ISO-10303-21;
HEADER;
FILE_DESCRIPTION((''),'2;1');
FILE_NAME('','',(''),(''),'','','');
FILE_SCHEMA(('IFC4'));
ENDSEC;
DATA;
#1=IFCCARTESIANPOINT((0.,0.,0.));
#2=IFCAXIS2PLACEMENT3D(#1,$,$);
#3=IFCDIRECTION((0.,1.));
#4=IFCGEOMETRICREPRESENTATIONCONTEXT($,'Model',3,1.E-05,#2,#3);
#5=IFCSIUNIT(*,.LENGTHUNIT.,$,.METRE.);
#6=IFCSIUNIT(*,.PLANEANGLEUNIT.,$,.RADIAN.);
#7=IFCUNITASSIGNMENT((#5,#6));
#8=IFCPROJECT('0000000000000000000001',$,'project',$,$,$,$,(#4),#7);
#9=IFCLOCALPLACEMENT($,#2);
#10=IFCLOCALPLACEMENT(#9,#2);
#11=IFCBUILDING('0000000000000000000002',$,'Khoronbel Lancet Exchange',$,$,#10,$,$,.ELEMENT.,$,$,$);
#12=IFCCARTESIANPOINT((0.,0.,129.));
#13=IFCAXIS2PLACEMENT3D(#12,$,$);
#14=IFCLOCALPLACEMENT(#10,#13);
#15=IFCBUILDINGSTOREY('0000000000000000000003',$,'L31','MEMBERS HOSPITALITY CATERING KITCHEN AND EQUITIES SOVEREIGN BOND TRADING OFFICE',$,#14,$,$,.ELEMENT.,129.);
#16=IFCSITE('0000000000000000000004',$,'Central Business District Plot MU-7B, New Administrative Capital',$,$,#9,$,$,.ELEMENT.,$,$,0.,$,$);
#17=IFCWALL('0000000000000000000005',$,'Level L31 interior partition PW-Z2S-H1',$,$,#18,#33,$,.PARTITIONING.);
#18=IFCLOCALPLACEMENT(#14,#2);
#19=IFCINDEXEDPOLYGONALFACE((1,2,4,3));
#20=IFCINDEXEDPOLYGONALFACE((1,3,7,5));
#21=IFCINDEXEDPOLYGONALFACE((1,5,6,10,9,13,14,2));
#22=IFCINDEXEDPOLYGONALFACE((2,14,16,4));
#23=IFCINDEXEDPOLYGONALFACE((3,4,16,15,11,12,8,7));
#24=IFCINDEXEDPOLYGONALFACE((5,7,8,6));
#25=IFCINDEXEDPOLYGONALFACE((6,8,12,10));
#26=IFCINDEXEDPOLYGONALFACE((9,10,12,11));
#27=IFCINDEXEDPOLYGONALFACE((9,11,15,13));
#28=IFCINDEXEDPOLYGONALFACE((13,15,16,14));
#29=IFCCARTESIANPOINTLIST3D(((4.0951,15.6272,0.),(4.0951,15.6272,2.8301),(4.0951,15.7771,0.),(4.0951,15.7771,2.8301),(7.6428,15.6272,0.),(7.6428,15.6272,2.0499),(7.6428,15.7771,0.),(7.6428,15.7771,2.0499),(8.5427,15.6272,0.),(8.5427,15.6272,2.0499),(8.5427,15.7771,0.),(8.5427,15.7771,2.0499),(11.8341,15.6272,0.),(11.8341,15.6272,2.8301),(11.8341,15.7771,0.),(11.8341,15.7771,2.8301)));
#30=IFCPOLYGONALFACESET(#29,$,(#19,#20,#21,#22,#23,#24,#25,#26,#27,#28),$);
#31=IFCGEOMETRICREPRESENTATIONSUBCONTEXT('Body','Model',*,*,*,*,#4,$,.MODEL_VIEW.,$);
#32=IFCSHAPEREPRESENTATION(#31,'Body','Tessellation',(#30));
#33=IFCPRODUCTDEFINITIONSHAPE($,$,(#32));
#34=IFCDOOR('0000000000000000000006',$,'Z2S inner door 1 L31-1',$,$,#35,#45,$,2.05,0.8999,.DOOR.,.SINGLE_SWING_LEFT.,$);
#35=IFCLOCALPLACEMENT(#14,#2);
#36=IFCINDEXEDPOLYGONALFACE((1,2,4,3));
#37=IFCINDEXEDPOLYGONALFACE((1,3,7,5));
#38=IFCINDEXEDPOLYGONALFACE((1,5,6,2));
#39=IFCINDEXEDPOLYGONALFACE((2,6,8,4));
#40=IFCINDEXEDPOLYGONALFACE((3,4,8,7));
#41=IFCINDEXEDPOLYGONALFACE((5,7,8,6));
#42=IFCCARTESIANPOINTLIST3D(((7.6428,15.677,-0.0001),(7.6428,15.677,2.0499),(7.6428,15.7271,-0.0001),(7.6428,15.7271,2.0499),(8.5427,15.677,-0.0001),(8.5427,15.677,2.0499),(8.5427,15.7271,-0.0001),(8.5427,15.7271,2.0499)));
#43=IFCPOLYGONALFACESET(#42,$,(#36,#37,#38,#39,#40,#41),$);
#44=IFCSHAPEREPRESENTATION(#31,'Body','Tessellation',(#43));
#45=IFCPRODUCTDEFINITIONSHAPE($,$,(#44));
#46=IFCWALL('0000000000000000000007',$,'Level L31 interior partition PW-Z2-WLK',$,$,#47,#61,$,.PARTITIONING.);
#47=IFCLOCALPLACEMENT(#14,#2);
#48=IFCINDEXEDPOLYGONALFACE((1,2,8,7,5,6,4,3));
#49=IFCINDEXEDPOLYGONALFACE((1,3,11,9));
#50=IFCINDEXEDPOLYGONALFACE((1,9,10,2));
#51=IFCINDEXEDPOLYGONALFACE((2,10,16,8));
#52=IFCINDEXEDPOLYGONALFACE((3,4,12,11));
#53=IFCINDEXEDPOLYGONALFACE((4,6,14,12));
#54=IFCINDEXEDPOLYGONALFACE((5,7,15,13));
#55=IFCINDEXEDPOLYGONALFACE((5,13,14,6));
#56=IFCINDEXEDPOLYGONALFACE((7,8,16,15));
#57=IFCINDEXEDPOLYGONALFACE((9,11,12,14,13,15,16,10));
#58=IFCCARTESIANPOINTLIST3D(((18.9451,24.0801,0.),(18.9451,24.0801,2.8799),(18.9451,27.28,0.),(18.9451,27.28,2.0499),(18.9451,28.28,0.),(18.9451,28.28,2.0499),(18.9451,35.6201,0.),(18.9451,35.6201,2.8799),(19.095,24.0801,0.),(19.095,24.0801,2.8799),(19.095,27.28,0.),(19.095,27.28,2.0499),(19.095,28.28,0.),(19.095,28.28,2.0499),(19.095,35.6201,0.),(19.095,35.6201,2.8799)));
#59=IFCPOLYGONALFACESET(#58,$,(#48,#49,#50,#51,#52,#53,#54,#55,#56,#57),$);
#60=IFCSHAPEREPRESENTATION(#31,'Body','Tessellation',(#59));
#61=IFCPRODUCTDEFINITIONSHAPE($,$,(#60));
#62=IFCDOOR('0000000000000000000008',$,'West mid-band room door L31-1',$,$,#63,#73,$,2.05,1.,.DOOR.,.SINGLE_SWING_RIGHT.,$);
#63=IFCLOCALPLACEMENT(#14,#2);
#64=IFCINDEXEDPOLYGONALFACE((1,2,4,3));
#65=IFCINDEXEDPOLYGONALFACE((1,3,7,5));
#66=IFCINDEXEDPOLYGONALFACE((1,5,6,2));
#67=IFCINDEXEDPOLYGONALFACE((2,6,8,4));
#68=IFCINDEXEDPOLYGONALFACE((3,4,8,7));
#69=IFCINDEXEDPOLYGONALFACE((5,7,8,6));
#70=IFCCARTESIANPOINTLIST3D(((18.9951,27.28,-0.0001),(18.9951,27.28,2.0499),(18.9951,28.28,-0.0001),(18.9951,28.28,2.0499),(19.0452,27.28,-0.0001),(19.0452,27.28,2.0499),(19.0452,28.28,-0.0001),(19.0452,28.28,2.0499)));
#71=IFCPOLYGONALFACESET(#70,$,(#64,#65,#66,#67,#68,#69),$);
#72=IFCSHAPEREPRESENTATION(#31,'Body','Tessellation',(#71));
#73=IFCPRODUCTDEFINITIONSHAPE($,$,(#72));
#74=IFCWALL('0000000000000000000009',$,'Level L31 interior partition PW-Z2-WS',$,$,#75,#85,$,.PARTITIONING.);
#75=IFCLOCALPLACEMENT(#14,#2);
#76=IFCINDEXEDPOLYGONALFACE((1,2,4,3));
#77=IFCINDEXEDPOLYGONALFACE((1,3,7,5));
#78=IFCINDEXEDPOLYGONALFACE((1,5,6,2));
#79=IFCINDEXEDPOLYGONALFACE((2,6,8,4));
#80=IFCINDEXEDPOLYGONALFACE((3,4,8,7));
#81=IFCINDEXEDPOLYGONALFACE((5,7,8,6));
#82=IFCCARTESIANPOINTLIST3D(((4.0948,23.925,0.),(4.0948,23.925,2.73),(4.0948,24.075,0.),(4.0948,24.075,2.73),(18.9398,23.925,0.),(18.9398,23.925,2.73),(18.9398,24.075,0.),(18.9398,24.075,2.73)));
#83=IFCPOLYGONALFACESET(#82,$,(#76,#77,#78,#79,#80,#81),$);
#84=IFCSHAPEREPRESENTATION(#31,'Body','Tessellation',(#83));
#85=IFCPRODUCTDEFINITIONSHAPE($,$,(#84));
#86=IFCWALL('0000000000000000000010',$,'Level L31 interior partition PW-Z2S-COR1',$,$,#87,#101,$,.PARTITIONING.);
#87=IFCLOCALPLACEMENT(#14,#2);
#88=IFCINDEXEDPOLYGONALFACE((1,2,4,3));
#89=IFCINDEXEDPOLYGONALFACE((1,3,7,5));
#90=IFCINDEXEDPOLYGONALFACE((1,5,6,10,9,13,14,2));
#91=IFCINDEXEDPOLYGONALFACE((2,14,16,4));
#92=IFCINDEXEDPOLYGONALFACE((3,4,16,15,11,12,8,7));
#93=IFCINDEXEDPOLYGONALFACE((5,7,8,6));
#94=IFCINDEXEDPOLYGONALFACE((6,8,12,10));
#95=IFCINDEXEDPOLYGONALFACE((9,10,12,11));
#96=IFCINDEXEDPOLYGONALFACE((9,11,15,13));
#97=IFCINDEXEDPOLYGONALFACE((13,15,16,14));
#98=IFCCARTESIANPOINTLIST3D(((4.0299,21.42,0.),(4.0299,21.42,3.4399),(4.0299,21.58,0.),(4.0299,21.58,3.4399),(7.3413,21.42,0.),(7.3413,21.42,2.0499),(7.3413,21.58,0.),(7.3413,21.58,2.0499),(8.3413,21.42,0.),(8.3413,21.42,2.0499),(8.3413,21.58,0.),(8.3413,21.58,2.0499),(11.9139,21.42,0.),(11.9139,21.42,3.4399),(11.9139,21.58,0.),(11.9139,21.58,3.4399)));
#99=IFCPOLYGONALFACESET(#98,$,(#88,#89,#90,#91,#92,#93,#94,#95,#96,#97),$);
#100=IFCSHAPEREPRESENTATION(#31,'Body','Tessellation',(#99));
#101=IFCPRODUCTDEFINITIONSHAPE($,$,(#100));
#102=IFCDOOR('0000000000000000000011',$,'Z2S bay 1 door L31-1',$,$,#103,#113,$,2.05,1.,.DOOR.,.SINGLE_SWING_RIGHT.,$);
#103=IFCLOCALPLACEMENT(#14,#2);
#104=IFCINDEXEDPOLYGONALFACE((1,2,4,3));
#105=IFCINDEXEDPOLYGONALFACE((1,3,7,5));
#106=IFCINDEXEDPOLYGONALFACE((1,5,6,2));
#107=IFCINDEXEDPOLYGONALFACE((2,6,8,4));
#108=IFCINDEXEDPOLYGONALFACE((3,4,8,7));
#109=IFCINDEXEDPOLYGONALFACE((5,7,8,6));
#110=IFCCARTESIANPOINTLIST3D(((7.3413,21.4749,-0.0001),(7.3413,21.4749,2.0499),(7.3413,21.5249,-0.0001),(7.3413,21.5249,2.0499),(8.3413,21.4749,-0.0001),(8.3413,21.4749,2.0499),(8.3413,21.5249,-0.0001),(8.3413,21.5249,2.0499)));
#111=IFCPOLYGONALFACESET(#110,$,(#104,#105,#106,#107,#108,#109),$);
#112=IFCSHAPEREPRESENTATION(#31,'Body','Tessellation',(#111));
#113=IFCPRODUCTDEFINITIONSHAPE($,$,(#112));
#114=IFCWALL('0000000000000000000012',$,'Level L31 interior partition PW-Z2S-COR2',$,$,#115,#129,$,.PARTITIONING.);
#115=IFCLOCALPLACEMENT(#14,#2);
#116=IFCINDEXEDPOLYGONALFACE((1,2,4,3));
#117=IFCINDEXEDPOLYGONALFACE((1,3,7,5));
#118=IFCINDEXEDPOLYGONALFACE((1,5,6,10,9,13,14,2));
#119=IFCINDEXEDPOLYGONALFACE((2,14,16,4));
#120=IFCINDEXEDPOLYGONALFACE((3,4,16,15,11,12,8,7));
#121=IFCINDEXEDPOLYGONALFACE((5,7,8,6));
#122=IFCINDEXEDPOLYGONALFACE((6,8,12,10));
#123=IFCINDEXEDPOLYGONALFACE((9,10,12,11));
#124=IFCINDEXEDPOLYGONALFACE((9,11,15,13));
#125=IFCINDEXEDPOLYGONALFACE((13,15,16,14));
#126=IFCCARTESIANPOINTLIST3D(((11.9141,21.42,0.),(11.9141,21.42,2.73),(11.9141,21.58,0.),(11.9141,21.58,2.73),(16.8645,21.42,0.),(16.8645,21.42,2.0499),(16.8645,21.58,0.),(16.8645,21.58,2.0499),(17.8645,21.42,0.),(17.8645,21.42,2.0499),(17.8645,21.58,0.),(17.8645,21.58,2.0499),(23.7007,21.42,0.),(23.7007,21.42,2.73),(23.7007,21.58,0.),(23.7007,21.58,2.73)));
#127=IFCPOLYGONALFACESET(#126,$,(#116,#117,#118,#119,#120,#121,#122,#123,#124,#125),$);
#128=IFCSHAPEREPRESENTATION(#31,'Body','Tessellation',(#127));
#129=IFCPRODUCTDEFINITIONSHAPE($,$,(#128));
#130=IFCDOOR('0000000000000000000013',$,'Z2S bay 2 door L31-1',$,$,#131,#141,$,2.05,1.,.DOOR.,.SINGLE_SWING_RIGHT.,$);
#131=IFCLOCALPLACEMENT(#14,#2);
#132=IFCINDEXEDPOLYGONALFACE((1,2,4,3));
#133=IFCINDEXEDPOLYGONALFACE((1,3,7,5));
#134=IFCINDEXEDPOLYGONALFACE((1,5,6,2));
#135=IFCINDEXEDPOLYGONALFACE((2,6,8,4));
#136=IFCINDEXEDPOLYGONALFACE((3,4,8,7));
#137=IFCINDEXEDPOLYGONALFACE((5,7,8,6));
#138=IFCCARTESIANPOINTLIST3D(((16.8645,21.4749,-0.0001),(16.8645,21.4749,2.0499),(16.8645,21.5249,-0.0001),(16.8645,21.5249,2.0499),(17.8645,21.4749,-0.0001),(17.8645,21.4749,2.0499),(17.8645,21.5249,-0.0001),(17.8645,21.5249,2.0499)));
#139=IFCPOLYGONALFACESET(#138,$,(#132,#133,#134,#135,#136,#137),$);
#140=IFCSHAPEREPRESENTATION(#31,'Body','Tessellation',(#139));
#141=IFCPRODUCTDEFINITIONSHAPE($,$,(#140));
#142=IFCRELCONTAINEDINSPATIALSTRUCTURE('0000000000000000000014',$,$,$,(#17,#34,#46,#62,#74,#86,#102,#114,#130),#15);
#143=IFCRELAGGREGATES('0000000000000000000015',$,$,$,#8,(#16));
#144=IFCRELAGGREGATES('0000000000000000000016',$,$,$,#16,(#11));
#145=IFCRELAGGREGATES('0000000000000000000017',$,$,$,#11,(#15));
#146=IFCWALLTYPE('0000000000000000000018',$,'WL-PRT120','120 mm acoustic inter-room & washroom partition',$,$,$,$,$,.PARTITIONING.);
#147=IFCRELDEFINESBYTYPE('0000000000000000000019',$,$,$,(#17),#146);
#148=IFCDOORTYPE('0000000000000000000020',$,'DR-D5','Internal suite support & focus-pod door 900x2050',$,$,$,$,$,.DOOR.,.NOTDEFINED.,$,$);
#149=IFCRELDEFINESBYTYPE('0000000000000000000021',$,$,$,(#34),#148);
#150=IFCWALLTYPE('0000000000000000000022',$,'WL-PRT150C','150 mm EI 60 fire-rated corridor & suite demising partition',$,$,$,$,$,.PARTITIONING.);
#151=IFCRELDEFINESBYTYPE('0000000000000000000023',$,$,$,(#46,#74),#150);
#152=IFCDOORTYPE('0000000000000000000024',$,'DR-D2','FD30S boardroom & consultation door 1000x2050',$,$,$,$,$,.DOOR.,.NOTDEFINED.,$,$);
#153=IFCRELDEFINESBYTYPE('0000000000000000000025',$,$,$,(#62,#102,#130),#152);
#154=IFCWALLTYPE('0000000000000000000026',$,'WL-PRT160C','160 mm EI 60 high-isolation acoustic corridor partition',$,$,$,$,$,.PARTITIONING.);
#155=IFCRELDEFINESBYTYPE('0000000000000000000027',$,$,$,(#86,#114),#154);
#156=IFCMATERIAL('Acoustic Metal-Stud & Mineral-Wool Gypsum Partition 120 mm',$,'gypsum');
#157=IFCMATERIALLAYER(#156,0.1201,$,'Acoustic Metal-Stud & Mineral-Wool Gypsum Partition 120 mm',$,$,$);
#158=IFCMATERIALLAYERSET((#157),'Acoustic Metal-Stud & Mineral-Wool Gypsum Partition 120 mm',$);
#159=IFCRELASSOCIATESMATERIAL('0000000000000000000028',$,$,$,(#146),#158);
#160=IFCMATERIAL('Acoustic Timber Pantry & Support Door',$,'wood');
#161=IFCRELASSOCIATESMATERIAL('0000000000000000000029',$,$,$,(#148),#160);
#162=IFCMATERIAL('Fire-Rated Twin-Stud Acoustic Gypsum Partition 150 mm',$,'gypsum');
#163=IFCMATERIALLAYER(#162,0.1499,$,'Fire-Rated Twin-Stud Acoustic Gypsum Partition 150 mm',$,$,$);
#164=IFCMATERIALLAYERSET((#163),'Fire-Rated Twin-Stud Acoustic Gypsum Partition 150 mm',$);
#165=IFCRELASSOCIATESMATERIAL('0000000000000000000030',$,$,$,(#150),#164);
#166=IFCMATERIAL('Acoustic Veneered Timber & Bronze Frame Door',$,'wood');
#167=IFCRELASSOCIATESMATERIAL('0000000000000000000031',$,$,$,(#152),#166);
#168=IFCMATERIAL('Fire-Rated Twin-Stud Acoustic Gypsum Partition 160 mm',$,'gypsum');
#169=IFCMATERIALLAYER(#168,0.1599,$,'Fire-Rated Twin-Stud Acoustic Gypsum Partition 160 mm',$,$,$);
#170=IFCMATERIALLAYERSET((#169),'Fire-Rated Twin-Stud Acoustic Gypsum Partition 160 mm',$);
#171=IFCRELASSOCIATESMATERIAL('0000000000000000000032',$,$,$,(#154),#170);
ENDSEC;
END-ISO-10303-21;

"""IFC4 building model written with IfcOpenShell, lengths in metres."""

from ifc_helpers import new_model, si_unit, direction, frame, frame_2d, origin, place, context, subcontext, project, spatial, rectangle, extrude, material, layer, layer_set, type_object, element, fill, save


model = new_model("IFC4")

# Units and contexts
model_context = context("Model", 3, precision=1e-05, world=origin(), true_north=direction((0.0, 1.0)))
body_context = subcontext(model_context, "Body", "Model", "MODEL_VIEW")
ifc_project = project(units=[si_unit("LENGTHUNIT", "METRE"), si_unit("PLANEANGLEUNIT", "RADIAN")], contexts=[model_context])

# Site, building, storey
site_placement = place(None, origin())
site = spatial("IfcSite", under=ifc_project, at=site_placement, Name="Central Business District Plot MU-7B, New Administrative Capital", CompositionType="ELEMENT", RefElevation=0.0)
building_placement = place(site_placement, origin())
building = spatial("IfcBuilding", under=site, at=building_placement, Name="Khoronbel Lancet Exchange", CompositionType="ELEMENT")
storey_placement = place(building_placement, frame((0.0, 0.0, 129.0)))
storey = spatial("IfcBuildingStorey", under=building, at=storey_placement, Name="L31", Description="MEMBERS HOSPITALITY CATERING KITCHEN AND EQUITIES SOVEREIGN BOND TRADING OFFICE", CompositionType="ELEMENT", Elevation=129.0)

# Walls, openings, doors
ifc_material_1 = material(Name="Acoustic Metal-Stud & Mineral-Wool Gypsum Partition 120 mm", Category="gypsum")
ifc_layer_1 = layer(ifc_material_1, 0.1201, Name="Acoustic Metal-Stud & Mineral-Wool Gypsum Partition 120 mm")
ifc_layer_set_1 = layer_set([ifc_layer_1], Name="Acoustic Metal-Stud & Mineral-Wool Gypsum Partition 120 mm")
wall_type_1 = type_object("IfcWallType", Name="WL-PRT120", Description="120 mm acoustic inter-room & washroom partition", PredefinedType="PARTITIONING", material=ifc_layer_set_1)
wall_1_placement = place(storey_placement, frame((4.095, 15.7021, 0.0), z_axis=(0.0, 0.0, 1.0), x_axis=(1.0, 0.0, 0.0)))
wall_1 = element("IfcWall", 1, at=wall_1_placement, inside=storey, type_object=wall_type_1, Name="Level L31 interior partition PW-Z2S-H1", PredefinedType="PARTITIONING", context=body_context, shape_type="SweptSolid", body=[
    extrude(rectangle(XDim=7.739, YDim=0.1499, at=frame_2d((3.8696, 0.0))), origin(), (0.0, 0.0, 1.0), 2.8301),
])
opening_1_placement = place(wall_1_placement, frame((3.5479, 0.0, 0.0)))
opening_1 = element("IfcOpeningElement", 2, at=opening_1_placement, cuts=wall_1, PredefinedType="OPENING", context=body_context, shape_type="SweptSolid", body=[
    extrude(rectangle(XDim=0.8999, YDim=2.05, at=frame_2d((0.45, 1.0249))), frame((0.0, 0.085, 0.0), z_axis=(0.0, -1.0, 0.0), x_axis=(1.0, 0.0, 0.0)), (0.0, 0.0, 1.0), 0.1699),
])
ifc_material_2 = material(Name="Acoustic Timber Pantry & Support Door", Category="wood")
door_type_1 = type_object("IfcDoorType", Name="DR-D5", Description="Internal suite support & focus-pod door 900x2050", OperationType="NOTDEFINED", PredefinedType="DOOR", material=ifc_material_2)
door_1_placement = place(opening_1_placement, origin())
door_1 = element("IfcDoor", 3, at=door_1_placement, inside=storey, type_object=door_type_1, Name="Z2S inner door 1 L31-1", OperationType="SINGLE_SWING_LEFT", OverallHeight=2.05, OverallWidth=0.8999, PredefinedType="DOOR", context=body_context, shape_type="SweptSolid", body=[
    extrude(rectangle(XDim=0.8999, YDim=2.05, at=frame_2d((0.45, 1.0249))), frame((0.0, 0.0249, 0.0), z_axis=(0.0, -1.0, 0.0), x_axis=(1.0, 0.0, 0.0)), (0.0, 0.0, 1.0), 0.05),
])
fill(opening_1, door_1)
ifc_material_3 = material(Name="Fire-Rated Twin-Stud Acoustic Gypsum Partition 150 mm", Category="gypsum")
ifc_layer_2 = layer(ifc_material_3, 0.1499, Name="Fire-Rated Twin-Stud Acoustic Gypsum Partition 150 mm")
ifc_layer_set_2 = layer_set([ifc_layer_2], Name="Fire-Rated Twin-Stud Acoustic Gypsum Partition 150 mm")
wall_type_2 = type_object("IfcWallType", Name="WL-PRT150C", Description="150 mm EI 60 fire-rated corridor & suite demising partition", PredefinedType="PARTITIONING", material=ifc_layer_set_2)
wall_2_placement = place(storey_placement, frame((19.02, 24.0801, 0.0), z_axis=(0.0, 0.0, 1.0), x_axis=(0.0, 1.0, 0.0)))
wall_2 = element("IfcWall", 4, at=wall_2_placement, inside=storey, type_object=wall_type_2, Name="Level L31 interior partition PW-Z2-WLK", PredefinedType="PARTITIONING", context=body_context, shape_type="SweptSolid", body=[
    extrude(rectangle(XDim=11.54, YDim=0.1499, at=frame_2d((5.77, 0.0))), origin(), (0.0, 0.0, 1.0), 2.8799),
])
opening_2_placement = place(wall_2_placement, frame((3.2, 0.0, 0.0)))
opening_2 = element("IfcOpeningElement", 5, at=opening_2_placement, cuts=wall_2, PredefinedType="OPENING", context=body_context, shape_type="SweptSolid", body=[
    extrude(rectangle(XDim=1.0, YDim=2.05, at=frame_2d((0.5, 1.0249))), frame((0.0, 0.085, 0.0), z_axis=(0.0, -1.0, 0.0), x_axis=(1.0, 0.0, 0.0)), (0.0, 0.0, 1.0), 0.1699),
])
ifc_material_4 = material(Name="Acoustic Veneered Timber & Bronze Frame Door", Category="wood")
door_type_2 = type_object("IfcDoorType", Name="DR-D2", Description="FD30S boardroom & consultation door 1000x2050", OperationType="NOTDEFINED", PredefinedType="DOOR", material=ifc_material_4)
door_2_placement = place(opening_2_placement, origin())
door_2 = element("IfcDoor", 6, at=door_2_placement, inside=storey, type_object=door_type_2, Name="West mid-band room door L31-1", OperationType="SINGLE_SWING_RIGHT", OverallHeight=2.05, OverallWidth=1.0, PredefinedType="DOOR", context=body_context, shape_type="SweptSolid", body=[
    extrude(rectangle(XDim=1.0, YDim=2.05, at=frame_2d((0.5, 1.0249))), frame((0.0, 0.0249, 0.0), z_axis=(0.0, -1.0, 0.0), x_axis=(1.0, 0.0, 0.0)), (0.0, 0.0, 1.0), 0.05),
])
fill(opening_2, door_2)

# Wall
wall_3_placement = place(storey_placement, frame((4.095, 24.0, 0.0), z_axis=(0.0, 0.0, 1.0), x_axis=(1.0, 0.0, 0.0)))
element("IfcWall", 7, at=wall_3_placement, inside=storey, type_object=wall_type_2, Name="Level L31 interior partition PW-Z2-WS", PredefinedType="PARTITIONING", context=body_context, shape_type="SweptSolid", body=[
    extrude(rectangle(XDim=14.845, YDim=0.1499, at=frame_2d((7.4224, 0.0))), origin(), (0.0, 0.0, 1.0), 2.73),
])

# Walls, openings, doors
ifc_material_5 = material(Name="Fire-Rated Twin-Stud Acoustic Gypsum Partition 160 mm", Category="gypsum")
ifc_layer_3 = layer(ifc_material_5, 0.1599, Name="Fire-Rated Twin-Stud Acoustic Gypsum Partition 160 mm")
ifc_layer_set_3 = layer_set([ifc_layer_3], Name="Fire-Rated Twin-Stud Acoustic Gypsum Partition 160 mm")
wall_type_3 = type_object("IfcWallType", Name="WL-PRT160C", Description="160 mm EI 60 high-isolation acoustic corridor partition", PredefinedType="PARTITIONING", material=ifc_layer_set_3)
wall_4_placement = place(storey_placement, frame((4.03, 21.5, 0.0), z_axis=(0.0, 0.0, 1.0), x_axis=(1.0, 0.0, 0.0)))
wall_4 = element("IfcWall", 8, at=wall_4_placement, inside=storey, type_object=wall_type_3, Name="Level L31 interior partition PW-Z2S-COR1", PredefinedType="PARTITIONING", context=body_context, shape_type="SweptSolid", body=[
    extrude(rectangle(XDim=7.884, YDim=0.1599, at=frame_2d((3.9419, 0.0))), origin(), (0.0, 0.0, 1.0), 3.4399),
])
opening_3_placement = place(wall_4_placement, frame((3.3113, 0.0, 0.0)))
opening_3 = element("IfcOpeningElement", 9, at=opening_3_placement, cuts=wall_4, PredefinedType="OPENING", context=body_context, shape_type="SweptSolid", body=[
    extrude(rectangle(XDim=1.0, YDim=2.05, at=frame_2d((0.5, 1.0249))), frame((0.0, 0.0898, 0.0), z_axis=(0.0, -1.0, 0.0), x_axis=(1.0, 0.0, 0.0)), (0.0, 0.0, 1.0), 0.1799),
])
door_3_placement = place(opening_3_placement, origin())
door_3 = element("IfcDoor", 10, at=door_3_placement, inside=storey, type_object=door_type_2, Name="Z2S bay 1 door L31-1", OperationType="SINGLE_SWING_RIGHT", OverallHeight=2.05, OverallWidth=1.0, PredefinedType="DOOR", context=body_context, shape_type="SweptSolid", body=[
    extrude(rectangle(XDim=1.0, YDim=2.05, at=frame_2d((0.5, 1.0249))), frame((0.0, 0.0249, 0.0), z_axis=(0.0, -1.0, 0.0), x_axis=(1.0, 0.0, 0.0)), (0.0, 0.0, 1.0), 0.05),
])
fill(opening_3, door_3)
wall_5_placement = place(storey_placement, frame((11.9141, 21.5, 0.0), z_axis=(0.0, 0.0, 1.0), x_axis=(1.0, 0.0, 0.0)))
wall_5 = element("IfcWall", 11, at=wall_5_placement, inside=storey, type_object=wall_type_3, Name="Level L31 interior partition PW-Z2S-COR2", PredefinedType="PARTITIONING", context=body_context, shape_type="SweptSolid", body=[
    extrude(rectangle(XDim=11.7866, YDim=0.1599, at=frame_2d((5.8933, 0.0))), origin(), (0.0, 0.0, 1.0), 2.73),
])
opening_4_placement = place(wall_5_placement, frame((4.9504, 0.0, 0.0)))
opening_4 = element("IfcOpeningElement", 12, at=opening_4_placement, cuts=wall_5, PredefinedType="OPENING", context=body_context, shape_type="SweptSolid", body=[
    extrude(rectangle(XDim=1.0, YDim=2.05, at=frame_2d((0.5, 1.0249))), frame((0.0, 0.0898, 0.0), z_axis=(0.0, -1.0, 0.0), x_axis=(1.0, 0.0, 0.0)), (0.0, 0.0, 1.0), 0.1799),
])
door_4_placement = place(opening_4_placement, origin())
door_4 = element("IfcDoor", 13, at=door_4_placement, inside=storey, type_object=door_type_2, Name="Z2S bay 2 door L31-1", OperationType="SINGLE_SWING_RIGHT", OverallHeight=2.05, OverallWidth=1.0, PredefinedType="DOOR", context=body_context, shape_type="SweptSolid", body=[
    extrude(rectangle(XDim=1.0, YDim=2.05, at=frame_2d((0.5, 1.0249))), frame((0.0, 0.0249, 0.0), z_axis=(0.0, -1.0, 0.0), x_axis=(1.0, 0.0, 0.0)), (0.0, 0.0, 1.0), 0.05),
])
fill(opening_4, door_4)

save(model, "model.ifc")
